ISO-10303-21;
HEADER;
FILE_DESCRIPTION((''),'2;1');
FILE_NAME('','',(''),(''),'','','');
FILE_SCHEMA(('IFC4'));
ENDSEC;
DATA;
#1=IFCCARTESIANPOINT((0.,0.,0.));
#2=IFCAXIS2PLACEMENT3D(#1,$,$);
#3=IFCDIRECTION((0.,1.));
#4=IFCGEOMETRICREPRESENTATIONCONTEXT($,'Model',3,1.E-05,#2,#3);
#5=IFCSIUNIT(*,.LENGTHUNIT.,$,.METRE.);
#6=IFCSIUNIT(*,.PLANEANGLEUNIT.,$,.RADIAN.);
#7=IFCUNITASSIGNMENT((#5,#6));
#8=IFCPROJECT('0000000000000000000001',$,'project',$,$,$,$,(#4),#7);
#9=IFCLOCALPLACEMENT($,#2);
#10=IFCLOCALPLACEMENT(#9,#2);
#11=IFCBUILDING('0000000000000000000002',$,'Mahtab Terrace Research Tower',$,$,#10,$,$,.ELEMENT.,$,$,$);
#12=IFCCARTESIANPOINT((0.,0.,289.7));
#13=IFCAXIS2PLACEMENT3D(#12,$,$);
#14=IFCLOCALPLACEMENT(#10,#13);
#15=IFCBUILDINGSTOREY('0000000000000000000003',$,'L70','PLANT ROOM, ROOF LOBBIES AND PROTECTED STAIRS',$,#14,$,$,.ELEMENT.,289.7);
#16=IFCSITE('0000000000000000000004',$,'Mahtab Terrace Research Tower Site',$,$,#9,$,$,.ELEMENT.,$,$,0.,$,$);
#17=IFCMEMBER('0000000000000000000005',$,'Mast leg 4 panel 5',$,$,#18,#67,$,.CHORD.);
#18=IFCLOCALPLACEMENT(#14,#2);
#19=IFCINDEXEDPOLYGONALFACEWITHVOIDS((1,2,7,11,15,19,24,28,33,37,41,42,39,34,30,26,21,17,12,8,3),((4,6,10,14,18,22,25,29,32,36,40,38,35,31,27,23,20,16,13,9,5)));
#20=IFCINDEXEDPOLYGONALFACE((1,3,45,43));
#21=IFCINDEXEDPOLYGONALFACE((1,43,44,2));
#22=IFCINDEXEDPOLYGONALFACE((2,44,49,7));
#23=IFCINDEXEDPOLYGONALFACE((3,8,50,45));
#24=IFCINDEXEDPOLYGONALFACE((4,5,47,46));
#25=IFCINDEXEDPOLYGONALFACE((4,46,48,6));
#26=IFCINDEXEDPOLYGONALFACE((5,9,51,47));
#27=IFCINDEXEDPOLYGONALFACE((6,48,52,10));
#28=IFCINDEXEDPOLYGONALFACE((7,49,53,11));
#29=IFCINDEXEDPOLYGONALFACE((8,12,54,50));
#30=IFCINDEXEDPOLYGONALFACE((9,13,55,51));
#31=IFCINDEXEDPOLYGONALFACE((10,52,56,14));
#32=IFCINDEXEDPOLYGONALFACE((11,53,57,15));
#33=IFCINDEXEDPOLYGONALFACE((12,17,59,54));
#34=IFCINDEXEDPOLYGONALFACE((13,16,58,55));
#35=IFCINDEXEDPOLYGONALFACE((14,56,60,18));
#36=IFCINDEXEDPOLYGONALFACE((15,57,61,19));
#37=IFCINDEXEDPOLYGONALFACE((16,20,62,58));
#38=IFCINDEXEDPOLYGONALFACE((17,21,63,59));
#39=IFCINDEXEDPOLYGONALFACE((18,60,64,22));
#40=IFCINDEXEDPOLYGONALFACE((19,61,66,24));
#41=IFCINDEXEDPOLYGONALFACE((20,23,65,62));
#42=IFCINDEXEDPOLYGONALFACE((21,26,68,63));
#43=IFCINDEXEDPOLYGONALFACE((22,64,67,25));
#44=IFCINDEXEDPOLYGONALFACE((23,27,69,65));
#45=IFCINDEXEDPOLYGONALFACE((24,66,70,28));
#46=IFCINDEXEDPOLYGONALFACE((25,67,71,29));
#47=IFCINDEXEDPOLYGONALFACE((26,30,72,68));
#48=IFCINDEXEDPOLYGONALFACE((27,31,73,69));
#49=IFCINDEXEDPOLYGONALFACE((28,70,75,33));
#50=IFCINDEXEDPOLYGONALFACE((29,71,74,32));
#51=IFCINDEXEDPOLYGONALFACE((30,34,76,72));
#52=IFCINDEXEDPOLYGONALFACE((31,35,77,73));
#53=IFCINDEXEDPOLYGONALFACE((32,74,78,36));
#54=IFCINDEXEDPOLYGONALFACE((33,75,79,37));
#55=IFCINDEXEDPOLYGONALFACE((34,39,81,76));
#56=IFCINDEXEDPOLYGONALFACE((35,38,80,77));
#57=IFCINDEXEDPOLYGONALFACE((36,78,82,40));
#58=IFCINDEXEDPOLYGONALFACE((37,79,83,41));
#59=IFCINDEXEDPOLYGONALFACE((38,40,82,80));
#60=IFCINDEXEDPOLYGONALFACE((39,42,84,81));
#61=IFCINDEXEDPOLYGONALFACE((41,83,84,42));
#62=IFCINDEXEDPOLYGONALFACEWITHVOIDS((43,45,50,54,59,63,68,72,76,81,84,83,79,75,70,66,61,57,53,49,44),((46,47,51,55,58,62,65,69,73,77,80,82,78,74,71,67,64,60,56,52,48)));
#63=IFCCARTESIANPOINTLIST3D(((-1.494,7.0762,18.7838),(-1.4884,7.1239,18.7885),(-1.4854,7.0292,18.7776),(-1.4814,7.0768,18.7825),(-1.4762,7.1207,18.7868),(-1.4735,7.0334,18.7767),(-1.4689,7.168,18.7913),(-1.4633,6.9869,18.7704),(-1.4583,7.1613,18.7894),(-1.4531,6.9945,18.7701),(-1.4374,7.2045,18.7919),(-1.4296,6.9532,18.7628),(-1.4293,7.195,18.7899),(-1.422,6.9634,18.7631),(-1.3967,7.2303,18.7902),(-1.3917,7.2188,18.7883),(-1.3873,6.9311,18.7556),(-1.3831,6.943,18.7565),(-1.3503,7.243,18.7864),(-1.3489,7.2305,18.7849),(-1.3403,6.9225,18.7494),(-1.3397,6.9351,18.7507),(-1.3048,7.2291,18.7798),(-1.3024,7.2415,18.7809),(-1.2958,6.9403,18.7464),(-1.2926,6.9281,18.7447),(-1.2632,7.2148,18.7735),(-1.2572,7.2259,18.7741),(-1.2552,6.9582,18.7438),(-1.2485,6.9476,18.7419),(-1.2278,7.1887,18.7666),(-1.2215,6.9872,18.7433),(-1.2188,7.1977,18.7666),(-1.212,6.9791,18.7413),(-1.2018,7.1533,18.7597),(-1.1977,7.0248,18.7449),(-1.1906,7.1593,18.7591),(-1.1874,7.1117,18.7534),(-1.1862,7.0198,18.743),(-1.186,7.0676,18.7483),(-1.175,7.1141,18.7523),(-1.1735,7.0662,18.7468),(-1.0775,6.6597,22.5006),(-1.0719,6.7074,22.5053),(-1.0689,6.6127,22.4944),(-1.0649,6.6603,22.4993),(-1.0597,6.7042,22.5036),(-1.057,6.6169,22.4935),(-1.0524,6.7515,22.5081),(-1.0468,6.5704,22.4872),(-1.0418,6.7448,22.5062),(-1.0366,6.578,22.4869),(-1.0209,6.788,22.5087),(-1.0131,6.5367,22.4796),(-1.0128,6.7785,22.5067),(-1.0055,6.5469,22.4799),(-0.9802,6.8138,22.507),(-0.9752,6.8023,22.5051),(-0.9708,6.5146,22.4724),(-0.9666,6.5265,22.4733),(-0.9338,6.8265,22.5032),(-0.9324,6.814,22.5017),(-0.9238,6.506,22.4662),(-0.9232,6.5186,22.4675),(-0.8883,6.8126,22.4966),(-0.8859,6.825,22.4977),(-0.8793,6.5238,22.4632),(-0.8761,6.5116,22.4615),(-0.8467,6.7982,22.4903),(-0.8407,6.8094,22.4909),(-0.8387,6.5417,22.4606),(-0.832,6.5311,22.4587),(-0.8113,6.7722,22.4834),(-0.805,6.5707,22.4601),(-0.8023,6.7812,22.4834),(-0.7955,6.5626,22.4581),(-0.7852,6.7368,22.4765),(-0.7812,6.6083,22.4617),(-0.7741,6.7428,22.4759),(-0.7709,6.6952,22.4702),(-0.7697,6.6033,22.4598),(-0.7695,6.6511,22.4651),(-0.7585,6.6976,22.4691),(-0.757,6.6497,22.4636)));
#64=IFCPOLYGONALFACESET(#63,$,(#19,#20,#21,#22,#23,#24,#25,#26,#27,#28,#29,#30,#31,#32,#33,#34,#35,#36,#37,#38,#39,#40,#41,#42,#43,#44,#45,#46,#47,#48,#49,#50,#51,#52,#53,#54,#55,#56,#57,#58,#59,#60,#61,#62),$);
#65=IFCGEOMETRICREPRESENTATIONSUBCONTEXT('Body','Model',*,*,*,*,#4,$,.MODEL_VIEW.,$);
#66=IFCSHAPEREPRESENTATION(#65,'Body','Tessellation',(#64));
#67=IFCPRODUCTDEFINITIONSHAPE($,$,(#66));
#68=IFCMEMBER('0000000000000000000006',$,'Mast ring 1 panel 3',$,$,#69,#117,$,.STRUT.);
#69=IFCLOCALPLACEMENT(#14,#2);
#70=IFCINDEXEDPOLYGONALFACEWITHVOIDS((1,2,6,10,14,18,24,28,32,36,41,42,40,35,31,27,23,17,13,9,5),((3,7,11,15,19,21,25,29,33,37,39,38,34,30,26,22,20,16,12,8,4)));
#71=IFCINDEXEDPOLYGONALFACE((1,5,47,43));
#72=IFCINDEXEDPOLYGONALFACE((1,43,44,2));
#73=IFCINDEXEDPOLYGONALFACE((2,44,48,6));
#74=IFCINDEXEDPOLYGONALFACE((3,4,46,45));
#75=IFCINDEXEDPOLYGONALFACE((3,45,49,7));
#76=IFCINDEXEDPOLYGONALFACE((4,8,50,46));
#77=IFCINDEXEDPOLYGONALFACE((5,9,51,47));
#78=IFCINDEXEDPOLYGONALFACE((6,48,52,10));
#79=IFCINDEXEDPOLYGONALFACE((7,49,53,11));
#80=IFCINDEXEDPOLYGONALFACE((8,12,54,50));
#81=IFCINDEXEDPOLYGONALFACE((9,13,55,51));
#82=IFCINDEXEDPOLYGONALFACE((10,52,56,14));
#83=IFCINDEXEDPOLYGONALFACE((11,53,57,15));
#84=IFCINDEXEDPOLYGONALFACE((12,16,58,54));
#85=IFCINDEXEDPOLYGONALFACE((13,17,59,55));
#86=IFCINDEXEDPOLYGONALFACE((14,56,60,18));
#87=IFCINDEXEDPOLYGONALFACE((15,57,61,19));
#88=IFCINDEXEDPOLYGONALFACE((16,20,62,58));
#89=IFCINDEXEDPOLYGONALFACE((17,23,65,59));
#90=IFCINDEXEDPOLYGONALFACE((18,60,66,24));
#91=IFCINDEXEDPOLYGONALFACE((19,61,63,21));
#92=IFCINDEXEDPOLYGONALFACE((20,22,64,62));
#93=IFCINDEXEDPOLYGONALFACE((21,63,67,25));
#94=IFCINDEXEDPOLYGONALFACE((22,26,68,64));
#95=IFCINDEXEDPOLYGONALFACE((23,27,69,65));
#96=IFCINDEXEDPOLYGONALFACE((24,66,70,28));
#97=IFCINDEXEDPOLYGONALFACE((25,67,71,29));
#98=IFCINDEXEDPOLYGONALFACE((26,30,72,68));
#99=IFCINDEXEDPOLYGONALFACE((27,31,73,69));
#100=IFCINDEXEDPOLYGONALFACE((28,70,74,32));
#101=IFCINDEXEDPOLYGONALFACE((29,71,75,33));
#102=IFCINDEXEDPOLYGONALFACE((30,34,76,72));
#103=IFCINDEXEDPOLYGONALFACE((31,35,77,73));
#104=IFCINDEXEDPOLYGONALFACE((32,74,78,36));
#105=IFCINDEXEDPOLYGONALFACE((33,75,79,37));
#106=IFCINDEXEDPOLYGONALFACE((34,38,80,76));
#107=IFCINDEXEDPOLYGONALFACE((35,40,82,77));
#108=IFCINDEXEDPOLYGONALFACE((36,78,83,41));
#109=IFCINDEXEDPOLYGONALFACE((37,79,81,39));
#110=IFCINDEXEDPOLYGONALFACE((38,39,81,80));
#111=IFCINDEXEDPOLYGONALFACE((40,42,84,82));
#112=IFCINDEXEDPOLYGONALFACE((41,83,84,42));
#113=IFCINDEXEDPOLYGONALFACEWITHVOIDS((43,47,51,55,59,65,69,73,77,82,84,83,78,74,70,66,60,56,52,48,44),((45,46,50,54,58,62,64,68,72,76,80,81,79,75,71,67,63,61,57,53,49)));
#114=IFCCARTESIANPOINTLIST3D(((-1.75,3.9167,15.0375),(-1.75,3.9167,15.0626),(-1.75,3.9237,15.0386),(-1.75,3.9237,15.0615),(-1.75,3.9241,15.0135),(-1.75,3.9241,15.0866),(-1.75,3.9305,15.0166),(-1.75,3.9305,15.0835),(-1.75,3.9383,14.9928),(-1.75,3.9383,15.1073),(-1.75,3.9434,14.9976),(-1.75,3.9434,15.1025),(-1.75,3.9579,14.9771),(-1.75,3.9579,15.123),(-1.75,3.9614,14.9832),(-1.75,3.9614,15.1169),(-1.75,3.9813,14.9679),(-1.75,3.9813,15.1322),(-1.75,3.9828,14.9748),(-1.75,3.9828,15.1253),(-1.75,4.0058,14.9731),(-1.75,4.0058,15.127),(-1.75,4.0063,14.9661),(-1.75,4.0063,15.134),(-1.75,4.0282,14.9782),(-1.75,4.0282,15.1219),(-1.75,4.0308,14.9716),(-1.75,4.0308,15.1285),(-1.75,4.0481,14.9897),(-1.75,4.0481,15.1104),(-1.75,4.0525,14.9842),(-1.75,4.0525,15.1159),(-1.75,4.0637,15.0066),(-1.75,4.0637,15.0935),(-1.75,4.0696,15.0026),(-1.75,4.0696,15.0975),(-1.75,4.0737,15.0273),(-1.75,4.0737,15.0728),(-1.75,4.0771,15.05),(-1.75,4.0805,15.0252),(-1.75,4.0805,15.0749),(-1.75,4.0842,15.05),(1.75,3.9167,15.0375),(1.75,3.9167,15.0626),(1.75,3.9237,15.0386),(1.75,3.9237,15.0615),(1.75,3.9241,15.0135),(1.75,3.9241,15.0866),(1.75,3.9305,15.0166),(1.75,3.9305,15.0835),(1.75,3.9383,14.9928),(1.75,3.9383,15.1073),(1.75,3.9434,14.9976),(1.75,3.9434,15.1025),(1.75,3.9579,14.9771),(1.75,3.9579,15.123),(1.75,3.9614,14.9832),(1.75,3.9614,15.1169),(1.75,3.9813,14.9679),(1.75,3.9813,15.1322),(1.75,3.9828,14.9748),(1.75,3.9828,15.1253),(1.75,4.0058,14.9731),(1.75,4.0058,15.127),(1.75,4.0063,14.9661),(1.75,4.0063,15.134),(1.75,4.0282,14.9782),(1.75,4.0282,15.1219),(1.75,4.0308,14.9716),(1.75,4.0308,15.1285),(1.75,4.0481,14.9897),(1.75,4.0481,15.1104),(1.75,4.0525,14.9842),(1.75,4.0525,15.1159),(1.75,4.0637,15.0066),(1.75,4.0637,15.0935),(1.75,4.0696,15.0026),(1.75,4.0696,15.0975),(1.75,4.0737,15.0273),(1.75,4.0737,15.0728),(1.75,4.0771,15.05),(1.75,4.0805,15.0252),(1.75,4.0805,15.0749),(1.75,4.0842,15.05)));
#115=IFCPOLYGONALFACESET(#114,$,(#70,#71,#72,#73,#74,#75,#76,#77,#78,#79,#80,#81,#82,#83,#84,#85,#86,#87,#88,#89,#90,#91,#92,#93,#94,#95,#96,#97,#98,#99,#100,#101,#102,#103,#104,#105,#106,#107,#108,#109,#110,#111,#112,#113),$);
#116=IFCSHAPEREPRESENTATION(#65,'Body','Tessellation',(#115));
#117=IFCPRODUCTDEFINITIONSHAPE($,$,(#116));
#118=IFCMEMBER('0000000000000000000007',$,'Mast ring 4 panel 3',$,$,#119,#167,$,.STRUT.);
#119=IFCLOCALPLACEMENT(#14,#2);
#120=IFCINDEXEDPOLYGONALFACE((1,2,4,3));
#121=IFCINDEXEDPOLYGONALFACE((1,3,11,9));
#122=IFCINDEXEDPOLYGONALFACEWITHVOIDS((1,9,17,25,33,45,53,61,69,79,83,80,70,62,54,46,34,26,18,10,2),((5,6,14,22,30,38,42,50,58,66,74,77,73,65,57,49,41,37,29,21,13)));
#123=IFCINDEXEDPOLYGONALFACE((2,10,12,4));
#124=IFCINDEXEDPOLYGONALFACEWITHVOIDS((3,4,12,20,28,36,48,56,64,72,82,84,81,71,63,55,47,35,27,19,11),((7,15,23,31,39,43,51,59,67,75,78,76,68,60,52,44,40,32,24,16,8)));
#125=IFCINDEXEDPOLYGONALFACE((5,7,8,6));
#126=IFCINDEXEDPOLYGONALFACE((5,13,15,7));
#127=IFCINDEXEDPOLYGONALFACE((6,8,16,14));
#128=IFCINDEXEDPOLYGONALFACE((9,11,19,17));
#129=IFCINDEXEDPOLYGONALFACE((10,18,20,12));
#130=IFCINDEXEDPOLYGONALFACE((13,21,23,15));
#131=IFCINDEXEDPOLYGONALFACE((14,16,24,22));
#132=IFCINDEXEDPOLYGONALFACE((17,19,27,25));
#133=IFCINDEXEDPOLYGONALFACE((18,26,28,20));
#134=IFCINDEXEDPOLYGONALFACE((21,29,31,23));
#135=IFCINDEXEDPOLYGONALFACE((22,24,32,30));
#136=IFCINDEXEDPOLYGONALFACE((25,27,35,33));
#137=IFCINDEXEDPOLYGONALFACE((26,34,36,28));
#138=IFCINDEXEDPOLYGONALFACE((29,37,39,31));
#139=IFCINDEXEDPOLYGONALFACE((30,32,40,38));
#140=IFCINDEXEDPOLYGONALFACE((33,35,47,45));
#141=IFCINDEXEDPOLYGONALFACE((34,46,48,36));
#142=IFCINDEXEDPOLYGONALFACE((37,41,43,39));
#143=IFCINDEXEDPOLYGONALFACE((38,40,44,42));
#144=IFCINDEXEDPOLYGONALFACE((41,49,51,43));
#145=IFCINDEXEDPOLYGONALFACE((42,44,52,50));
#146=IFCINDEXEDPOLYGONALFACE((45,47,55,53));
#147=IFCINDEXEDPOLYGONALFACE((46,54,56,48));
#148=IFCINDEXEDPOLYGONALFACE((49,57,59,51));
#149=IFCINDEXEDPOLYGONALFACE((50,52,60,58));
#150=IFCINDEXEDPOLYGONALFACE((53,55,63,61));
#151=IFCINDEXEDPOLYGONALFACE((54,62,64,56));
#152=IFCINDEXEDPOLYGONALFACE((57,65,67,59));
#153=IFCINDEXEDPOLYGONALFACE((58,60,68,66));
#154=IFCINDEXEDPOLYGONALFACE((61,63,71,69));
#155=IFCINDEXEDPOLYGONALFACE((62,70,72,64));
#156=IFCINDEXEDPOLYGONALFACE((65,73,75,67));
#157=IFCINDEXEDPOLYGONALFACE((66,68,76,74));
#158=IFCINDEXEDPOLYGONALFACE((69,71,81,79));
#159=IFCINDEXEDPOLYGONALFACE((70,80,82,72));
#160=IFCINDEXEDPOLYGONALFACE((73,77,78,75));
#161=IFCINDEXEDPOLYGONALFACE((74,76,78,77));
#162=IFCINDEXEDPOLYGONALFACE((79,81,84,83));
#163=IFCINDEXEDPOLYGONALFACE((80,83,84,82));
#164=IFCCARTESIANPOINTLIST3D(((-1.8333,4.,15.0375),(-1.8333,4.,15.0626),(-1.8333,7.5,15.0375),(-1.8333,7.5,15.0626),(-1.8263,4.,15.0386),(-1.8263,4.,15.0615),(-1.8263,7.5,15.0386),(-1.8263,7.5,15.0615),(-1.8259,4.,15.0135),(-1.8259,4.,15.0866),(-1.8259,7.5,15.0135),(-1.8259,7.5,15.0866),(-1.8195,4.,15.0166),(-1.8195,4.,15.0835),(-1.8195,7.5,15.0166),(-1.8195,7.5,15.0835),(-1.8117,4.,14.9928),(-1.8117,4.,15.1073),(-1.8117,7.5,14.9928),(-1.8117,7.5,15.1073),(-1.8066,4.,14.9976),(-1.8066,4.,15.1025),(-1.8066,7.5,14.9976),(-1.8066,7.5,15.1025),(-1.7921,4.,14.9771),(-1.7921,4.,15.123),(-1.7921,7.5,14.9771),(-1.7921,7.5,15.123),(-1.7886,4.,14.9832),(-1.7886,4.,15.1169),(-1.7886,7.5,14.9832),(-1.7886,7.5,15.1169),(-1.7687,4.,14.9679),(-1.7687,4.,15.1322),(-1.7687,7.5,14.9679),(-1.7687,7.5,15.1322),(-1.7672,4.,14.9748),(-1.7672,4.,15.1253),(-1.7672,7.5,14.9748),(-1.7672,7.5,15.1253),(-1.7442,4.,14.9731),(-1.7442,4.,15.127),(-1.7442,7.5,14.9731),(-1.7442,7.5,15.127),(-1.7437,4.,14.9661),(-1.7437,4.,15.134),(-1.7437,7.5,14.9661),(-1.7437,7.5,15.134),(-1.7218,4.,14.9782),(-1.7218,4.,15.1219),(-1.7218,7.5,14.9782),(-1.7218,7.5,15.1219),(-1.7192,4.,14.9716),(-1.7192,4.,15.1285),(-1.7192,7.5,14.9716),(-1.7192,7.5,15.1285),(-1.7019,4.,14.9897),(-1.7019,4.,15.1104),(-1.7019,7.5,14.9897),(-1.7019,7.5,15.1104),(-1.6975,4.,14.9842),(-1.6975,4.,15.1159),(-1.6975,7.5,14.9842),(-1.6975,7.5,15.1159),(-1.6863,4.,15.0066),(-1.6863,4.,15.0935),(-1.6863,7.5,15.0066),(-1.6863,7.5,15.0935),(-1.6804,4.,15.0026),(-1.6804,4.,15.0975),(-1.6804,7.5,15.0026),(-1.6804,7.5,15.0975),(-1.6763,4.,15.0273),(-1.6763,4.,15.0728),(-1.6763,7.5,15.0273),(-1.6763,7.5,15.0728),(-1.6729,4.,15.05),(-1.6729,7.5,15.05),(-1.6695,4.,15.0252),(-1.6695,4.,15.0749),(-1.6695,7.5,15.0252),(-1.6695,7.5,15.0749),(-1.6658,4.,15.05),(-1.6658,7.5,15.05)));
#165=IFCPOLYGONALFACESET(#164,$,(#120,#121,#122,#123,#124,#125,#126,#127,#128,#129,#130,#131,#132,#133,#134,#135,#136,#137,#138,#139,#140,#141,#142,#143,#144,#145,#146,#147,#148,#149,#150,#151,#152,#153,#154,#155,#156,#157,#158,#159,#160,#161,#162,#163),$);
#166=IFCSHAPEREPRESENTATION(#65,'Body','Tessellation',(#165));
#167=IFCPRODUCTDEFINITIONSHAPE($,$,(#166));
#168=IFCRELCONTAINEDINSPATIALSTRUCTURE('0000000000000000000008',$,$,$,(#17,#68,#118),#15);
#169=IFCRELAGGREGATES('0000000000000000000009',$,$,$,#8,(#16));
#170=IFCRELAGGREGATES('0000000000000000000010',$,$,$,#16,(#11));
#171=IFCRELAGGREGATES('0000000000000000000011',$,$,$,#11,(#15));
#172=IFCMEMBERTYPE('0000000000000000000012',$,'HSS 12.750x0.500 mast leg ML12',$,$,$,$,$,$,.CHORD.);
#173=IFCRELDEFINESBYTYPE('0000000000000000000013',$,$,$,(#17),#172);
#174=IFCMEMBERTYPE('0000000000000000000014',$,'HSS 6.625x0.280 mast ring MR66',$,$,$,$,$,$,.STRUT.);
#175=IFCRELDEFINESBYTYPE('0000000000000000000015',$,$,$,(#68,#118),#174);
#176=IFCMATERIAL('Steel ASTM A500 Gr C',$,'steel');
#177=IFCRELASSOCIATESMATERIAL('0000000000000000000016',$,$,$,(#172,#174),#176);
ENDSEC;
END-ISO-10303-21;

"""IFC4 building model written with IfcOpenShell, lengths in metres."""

from ifc_helpers import new_model, si_unit, direction, frame, origin, origin_2d, place, context, subcontext, project, spatial, hollow_circle, extrude, material, material_profile, profile_set, type_object, element, save


model = new_model("IFC4")

# Units and contexts
model_context = context("Model", 3, precision=1e-05, world=origin(), true_north=direction((0.0, 1.0)))
body_context = subcontext(model_context, "Body", "Model", "MODEL_VIEW")
ifc_project = project(units=[si_unit("LENGTHUNIT", "METRE"), si_unit("PLANEANGLEUNIT", "RADIAN")], contexts=[model_context])

# Site, building, storey
site_placement = place(None, origin())
site = spatial("IfcSite", under=ifc_project, at=site_placement, Name="Mahtab Terrace Research Tower Site", CompositionType="ELEMENT", RefElevation=0.0)
building_placement = place(site_placement, origin())
building = spatial("IfcBuilding", under=site, at=building_placement, Name="Mahtab Terrace Research Tower", CompositionType="ELEMENT")
storey_placement = place(building_placement, frame((0.0, 0.0, 289.7)))
storey = spatial("IfcBuildingStorey", under=building, at=storey_placement, Name="L70", Description="PLANT ROOM, ROOF LOBBIES AND PROTECTED STAIRS", CompositionType="ELEMENT", Elevation=289.7)

# Members
ifc_material_1 = material(Name="Steel ASTM A500 Gr C", Category="steel")
ifc_material_profile_1 = material_profile(ifc_material_1, hollow_circle(Radius=0.1619, WallThickness=0.0127, at=origin_2d()), Name="HSS12.750X0.500")
ifc_profile_set_1 = profile_set([ifc_material_profile_1], Name="Steel ASTM A500 Gr C")
member_type_1 = type_object("IfcMemberType", Name="HSS 12.750x0.500 mast leg ML12", PredefinedType="CHORD", material=ifc_profile_set_1)
for number, where, z_axis, x_axis, name in (
    (1, (-1.3333, 7.0833, 18.7666), (0.110679, -0.110679, 0.987674), (0.707107, 0.707107, 0.0), "Mast leg 4 panel 5"),
):
    element("IfcMember", number, at=place(storey_placement, frame(where, z_axis=z_axis, x_axis=x_axis)), inside=storey, type_object=member_type_1, Name=name, PredefinedType="CHORD", context=body_context, shape_type="SweptSolid", body=[
        extrude(hollow_circle(Radius=0.1619, WallThickness=0.0127, at=origin_2d()), origin(), (0.0, 0.0, 1.0), 3.7632),
    ])
ifc_material_profile_2 = material_profile(ifc_material_1, hollow_circle(Radius=0.0842, WallThickness=0.0071, at=origin_2d()), Name="HSS6.625X0.280")
ifc_profile_set_2 = profile_set([ifc_material_profile_2], Name="Steel ASTM A500 Gr C")
member_type_2 = type_object("IfcMemberType", Name="HSS 6.625x0.280 mast ring MR66", PredefinedType="STRUT", material=ifc_profile_set_2)
for number, where, z_axis, x_axis, name in (
    (2, (-1.75, 4.0, 15.05), (1.0, 0.0, 0.0), (0.0, 1.0, 0.0), "Mast ring 1 panel 3"),
    (3, (-1.75, 7.5, 15.05), (0.0, -1.0, 0.0), (1.0, 0.0, 0.0), "Mast ring 4 panel 3"),
):
    element("IfcMember", number, at=place(storey_placement, frame(where, z_axis=z_axis, x_axis=x_axis)), inside=storey, type_object=member_type_2, Name=name, PredefinedType="STRUT", context=body_context, shape_type="SweptSolid", body=[
        extrude(hollow_circle(Radius=0.0842, WallThickness=0.0071, at=origin_2d()), origin(), (0.0, 0.0, 1.0), 3.5),
    ])

save(model, "model.ifc")
